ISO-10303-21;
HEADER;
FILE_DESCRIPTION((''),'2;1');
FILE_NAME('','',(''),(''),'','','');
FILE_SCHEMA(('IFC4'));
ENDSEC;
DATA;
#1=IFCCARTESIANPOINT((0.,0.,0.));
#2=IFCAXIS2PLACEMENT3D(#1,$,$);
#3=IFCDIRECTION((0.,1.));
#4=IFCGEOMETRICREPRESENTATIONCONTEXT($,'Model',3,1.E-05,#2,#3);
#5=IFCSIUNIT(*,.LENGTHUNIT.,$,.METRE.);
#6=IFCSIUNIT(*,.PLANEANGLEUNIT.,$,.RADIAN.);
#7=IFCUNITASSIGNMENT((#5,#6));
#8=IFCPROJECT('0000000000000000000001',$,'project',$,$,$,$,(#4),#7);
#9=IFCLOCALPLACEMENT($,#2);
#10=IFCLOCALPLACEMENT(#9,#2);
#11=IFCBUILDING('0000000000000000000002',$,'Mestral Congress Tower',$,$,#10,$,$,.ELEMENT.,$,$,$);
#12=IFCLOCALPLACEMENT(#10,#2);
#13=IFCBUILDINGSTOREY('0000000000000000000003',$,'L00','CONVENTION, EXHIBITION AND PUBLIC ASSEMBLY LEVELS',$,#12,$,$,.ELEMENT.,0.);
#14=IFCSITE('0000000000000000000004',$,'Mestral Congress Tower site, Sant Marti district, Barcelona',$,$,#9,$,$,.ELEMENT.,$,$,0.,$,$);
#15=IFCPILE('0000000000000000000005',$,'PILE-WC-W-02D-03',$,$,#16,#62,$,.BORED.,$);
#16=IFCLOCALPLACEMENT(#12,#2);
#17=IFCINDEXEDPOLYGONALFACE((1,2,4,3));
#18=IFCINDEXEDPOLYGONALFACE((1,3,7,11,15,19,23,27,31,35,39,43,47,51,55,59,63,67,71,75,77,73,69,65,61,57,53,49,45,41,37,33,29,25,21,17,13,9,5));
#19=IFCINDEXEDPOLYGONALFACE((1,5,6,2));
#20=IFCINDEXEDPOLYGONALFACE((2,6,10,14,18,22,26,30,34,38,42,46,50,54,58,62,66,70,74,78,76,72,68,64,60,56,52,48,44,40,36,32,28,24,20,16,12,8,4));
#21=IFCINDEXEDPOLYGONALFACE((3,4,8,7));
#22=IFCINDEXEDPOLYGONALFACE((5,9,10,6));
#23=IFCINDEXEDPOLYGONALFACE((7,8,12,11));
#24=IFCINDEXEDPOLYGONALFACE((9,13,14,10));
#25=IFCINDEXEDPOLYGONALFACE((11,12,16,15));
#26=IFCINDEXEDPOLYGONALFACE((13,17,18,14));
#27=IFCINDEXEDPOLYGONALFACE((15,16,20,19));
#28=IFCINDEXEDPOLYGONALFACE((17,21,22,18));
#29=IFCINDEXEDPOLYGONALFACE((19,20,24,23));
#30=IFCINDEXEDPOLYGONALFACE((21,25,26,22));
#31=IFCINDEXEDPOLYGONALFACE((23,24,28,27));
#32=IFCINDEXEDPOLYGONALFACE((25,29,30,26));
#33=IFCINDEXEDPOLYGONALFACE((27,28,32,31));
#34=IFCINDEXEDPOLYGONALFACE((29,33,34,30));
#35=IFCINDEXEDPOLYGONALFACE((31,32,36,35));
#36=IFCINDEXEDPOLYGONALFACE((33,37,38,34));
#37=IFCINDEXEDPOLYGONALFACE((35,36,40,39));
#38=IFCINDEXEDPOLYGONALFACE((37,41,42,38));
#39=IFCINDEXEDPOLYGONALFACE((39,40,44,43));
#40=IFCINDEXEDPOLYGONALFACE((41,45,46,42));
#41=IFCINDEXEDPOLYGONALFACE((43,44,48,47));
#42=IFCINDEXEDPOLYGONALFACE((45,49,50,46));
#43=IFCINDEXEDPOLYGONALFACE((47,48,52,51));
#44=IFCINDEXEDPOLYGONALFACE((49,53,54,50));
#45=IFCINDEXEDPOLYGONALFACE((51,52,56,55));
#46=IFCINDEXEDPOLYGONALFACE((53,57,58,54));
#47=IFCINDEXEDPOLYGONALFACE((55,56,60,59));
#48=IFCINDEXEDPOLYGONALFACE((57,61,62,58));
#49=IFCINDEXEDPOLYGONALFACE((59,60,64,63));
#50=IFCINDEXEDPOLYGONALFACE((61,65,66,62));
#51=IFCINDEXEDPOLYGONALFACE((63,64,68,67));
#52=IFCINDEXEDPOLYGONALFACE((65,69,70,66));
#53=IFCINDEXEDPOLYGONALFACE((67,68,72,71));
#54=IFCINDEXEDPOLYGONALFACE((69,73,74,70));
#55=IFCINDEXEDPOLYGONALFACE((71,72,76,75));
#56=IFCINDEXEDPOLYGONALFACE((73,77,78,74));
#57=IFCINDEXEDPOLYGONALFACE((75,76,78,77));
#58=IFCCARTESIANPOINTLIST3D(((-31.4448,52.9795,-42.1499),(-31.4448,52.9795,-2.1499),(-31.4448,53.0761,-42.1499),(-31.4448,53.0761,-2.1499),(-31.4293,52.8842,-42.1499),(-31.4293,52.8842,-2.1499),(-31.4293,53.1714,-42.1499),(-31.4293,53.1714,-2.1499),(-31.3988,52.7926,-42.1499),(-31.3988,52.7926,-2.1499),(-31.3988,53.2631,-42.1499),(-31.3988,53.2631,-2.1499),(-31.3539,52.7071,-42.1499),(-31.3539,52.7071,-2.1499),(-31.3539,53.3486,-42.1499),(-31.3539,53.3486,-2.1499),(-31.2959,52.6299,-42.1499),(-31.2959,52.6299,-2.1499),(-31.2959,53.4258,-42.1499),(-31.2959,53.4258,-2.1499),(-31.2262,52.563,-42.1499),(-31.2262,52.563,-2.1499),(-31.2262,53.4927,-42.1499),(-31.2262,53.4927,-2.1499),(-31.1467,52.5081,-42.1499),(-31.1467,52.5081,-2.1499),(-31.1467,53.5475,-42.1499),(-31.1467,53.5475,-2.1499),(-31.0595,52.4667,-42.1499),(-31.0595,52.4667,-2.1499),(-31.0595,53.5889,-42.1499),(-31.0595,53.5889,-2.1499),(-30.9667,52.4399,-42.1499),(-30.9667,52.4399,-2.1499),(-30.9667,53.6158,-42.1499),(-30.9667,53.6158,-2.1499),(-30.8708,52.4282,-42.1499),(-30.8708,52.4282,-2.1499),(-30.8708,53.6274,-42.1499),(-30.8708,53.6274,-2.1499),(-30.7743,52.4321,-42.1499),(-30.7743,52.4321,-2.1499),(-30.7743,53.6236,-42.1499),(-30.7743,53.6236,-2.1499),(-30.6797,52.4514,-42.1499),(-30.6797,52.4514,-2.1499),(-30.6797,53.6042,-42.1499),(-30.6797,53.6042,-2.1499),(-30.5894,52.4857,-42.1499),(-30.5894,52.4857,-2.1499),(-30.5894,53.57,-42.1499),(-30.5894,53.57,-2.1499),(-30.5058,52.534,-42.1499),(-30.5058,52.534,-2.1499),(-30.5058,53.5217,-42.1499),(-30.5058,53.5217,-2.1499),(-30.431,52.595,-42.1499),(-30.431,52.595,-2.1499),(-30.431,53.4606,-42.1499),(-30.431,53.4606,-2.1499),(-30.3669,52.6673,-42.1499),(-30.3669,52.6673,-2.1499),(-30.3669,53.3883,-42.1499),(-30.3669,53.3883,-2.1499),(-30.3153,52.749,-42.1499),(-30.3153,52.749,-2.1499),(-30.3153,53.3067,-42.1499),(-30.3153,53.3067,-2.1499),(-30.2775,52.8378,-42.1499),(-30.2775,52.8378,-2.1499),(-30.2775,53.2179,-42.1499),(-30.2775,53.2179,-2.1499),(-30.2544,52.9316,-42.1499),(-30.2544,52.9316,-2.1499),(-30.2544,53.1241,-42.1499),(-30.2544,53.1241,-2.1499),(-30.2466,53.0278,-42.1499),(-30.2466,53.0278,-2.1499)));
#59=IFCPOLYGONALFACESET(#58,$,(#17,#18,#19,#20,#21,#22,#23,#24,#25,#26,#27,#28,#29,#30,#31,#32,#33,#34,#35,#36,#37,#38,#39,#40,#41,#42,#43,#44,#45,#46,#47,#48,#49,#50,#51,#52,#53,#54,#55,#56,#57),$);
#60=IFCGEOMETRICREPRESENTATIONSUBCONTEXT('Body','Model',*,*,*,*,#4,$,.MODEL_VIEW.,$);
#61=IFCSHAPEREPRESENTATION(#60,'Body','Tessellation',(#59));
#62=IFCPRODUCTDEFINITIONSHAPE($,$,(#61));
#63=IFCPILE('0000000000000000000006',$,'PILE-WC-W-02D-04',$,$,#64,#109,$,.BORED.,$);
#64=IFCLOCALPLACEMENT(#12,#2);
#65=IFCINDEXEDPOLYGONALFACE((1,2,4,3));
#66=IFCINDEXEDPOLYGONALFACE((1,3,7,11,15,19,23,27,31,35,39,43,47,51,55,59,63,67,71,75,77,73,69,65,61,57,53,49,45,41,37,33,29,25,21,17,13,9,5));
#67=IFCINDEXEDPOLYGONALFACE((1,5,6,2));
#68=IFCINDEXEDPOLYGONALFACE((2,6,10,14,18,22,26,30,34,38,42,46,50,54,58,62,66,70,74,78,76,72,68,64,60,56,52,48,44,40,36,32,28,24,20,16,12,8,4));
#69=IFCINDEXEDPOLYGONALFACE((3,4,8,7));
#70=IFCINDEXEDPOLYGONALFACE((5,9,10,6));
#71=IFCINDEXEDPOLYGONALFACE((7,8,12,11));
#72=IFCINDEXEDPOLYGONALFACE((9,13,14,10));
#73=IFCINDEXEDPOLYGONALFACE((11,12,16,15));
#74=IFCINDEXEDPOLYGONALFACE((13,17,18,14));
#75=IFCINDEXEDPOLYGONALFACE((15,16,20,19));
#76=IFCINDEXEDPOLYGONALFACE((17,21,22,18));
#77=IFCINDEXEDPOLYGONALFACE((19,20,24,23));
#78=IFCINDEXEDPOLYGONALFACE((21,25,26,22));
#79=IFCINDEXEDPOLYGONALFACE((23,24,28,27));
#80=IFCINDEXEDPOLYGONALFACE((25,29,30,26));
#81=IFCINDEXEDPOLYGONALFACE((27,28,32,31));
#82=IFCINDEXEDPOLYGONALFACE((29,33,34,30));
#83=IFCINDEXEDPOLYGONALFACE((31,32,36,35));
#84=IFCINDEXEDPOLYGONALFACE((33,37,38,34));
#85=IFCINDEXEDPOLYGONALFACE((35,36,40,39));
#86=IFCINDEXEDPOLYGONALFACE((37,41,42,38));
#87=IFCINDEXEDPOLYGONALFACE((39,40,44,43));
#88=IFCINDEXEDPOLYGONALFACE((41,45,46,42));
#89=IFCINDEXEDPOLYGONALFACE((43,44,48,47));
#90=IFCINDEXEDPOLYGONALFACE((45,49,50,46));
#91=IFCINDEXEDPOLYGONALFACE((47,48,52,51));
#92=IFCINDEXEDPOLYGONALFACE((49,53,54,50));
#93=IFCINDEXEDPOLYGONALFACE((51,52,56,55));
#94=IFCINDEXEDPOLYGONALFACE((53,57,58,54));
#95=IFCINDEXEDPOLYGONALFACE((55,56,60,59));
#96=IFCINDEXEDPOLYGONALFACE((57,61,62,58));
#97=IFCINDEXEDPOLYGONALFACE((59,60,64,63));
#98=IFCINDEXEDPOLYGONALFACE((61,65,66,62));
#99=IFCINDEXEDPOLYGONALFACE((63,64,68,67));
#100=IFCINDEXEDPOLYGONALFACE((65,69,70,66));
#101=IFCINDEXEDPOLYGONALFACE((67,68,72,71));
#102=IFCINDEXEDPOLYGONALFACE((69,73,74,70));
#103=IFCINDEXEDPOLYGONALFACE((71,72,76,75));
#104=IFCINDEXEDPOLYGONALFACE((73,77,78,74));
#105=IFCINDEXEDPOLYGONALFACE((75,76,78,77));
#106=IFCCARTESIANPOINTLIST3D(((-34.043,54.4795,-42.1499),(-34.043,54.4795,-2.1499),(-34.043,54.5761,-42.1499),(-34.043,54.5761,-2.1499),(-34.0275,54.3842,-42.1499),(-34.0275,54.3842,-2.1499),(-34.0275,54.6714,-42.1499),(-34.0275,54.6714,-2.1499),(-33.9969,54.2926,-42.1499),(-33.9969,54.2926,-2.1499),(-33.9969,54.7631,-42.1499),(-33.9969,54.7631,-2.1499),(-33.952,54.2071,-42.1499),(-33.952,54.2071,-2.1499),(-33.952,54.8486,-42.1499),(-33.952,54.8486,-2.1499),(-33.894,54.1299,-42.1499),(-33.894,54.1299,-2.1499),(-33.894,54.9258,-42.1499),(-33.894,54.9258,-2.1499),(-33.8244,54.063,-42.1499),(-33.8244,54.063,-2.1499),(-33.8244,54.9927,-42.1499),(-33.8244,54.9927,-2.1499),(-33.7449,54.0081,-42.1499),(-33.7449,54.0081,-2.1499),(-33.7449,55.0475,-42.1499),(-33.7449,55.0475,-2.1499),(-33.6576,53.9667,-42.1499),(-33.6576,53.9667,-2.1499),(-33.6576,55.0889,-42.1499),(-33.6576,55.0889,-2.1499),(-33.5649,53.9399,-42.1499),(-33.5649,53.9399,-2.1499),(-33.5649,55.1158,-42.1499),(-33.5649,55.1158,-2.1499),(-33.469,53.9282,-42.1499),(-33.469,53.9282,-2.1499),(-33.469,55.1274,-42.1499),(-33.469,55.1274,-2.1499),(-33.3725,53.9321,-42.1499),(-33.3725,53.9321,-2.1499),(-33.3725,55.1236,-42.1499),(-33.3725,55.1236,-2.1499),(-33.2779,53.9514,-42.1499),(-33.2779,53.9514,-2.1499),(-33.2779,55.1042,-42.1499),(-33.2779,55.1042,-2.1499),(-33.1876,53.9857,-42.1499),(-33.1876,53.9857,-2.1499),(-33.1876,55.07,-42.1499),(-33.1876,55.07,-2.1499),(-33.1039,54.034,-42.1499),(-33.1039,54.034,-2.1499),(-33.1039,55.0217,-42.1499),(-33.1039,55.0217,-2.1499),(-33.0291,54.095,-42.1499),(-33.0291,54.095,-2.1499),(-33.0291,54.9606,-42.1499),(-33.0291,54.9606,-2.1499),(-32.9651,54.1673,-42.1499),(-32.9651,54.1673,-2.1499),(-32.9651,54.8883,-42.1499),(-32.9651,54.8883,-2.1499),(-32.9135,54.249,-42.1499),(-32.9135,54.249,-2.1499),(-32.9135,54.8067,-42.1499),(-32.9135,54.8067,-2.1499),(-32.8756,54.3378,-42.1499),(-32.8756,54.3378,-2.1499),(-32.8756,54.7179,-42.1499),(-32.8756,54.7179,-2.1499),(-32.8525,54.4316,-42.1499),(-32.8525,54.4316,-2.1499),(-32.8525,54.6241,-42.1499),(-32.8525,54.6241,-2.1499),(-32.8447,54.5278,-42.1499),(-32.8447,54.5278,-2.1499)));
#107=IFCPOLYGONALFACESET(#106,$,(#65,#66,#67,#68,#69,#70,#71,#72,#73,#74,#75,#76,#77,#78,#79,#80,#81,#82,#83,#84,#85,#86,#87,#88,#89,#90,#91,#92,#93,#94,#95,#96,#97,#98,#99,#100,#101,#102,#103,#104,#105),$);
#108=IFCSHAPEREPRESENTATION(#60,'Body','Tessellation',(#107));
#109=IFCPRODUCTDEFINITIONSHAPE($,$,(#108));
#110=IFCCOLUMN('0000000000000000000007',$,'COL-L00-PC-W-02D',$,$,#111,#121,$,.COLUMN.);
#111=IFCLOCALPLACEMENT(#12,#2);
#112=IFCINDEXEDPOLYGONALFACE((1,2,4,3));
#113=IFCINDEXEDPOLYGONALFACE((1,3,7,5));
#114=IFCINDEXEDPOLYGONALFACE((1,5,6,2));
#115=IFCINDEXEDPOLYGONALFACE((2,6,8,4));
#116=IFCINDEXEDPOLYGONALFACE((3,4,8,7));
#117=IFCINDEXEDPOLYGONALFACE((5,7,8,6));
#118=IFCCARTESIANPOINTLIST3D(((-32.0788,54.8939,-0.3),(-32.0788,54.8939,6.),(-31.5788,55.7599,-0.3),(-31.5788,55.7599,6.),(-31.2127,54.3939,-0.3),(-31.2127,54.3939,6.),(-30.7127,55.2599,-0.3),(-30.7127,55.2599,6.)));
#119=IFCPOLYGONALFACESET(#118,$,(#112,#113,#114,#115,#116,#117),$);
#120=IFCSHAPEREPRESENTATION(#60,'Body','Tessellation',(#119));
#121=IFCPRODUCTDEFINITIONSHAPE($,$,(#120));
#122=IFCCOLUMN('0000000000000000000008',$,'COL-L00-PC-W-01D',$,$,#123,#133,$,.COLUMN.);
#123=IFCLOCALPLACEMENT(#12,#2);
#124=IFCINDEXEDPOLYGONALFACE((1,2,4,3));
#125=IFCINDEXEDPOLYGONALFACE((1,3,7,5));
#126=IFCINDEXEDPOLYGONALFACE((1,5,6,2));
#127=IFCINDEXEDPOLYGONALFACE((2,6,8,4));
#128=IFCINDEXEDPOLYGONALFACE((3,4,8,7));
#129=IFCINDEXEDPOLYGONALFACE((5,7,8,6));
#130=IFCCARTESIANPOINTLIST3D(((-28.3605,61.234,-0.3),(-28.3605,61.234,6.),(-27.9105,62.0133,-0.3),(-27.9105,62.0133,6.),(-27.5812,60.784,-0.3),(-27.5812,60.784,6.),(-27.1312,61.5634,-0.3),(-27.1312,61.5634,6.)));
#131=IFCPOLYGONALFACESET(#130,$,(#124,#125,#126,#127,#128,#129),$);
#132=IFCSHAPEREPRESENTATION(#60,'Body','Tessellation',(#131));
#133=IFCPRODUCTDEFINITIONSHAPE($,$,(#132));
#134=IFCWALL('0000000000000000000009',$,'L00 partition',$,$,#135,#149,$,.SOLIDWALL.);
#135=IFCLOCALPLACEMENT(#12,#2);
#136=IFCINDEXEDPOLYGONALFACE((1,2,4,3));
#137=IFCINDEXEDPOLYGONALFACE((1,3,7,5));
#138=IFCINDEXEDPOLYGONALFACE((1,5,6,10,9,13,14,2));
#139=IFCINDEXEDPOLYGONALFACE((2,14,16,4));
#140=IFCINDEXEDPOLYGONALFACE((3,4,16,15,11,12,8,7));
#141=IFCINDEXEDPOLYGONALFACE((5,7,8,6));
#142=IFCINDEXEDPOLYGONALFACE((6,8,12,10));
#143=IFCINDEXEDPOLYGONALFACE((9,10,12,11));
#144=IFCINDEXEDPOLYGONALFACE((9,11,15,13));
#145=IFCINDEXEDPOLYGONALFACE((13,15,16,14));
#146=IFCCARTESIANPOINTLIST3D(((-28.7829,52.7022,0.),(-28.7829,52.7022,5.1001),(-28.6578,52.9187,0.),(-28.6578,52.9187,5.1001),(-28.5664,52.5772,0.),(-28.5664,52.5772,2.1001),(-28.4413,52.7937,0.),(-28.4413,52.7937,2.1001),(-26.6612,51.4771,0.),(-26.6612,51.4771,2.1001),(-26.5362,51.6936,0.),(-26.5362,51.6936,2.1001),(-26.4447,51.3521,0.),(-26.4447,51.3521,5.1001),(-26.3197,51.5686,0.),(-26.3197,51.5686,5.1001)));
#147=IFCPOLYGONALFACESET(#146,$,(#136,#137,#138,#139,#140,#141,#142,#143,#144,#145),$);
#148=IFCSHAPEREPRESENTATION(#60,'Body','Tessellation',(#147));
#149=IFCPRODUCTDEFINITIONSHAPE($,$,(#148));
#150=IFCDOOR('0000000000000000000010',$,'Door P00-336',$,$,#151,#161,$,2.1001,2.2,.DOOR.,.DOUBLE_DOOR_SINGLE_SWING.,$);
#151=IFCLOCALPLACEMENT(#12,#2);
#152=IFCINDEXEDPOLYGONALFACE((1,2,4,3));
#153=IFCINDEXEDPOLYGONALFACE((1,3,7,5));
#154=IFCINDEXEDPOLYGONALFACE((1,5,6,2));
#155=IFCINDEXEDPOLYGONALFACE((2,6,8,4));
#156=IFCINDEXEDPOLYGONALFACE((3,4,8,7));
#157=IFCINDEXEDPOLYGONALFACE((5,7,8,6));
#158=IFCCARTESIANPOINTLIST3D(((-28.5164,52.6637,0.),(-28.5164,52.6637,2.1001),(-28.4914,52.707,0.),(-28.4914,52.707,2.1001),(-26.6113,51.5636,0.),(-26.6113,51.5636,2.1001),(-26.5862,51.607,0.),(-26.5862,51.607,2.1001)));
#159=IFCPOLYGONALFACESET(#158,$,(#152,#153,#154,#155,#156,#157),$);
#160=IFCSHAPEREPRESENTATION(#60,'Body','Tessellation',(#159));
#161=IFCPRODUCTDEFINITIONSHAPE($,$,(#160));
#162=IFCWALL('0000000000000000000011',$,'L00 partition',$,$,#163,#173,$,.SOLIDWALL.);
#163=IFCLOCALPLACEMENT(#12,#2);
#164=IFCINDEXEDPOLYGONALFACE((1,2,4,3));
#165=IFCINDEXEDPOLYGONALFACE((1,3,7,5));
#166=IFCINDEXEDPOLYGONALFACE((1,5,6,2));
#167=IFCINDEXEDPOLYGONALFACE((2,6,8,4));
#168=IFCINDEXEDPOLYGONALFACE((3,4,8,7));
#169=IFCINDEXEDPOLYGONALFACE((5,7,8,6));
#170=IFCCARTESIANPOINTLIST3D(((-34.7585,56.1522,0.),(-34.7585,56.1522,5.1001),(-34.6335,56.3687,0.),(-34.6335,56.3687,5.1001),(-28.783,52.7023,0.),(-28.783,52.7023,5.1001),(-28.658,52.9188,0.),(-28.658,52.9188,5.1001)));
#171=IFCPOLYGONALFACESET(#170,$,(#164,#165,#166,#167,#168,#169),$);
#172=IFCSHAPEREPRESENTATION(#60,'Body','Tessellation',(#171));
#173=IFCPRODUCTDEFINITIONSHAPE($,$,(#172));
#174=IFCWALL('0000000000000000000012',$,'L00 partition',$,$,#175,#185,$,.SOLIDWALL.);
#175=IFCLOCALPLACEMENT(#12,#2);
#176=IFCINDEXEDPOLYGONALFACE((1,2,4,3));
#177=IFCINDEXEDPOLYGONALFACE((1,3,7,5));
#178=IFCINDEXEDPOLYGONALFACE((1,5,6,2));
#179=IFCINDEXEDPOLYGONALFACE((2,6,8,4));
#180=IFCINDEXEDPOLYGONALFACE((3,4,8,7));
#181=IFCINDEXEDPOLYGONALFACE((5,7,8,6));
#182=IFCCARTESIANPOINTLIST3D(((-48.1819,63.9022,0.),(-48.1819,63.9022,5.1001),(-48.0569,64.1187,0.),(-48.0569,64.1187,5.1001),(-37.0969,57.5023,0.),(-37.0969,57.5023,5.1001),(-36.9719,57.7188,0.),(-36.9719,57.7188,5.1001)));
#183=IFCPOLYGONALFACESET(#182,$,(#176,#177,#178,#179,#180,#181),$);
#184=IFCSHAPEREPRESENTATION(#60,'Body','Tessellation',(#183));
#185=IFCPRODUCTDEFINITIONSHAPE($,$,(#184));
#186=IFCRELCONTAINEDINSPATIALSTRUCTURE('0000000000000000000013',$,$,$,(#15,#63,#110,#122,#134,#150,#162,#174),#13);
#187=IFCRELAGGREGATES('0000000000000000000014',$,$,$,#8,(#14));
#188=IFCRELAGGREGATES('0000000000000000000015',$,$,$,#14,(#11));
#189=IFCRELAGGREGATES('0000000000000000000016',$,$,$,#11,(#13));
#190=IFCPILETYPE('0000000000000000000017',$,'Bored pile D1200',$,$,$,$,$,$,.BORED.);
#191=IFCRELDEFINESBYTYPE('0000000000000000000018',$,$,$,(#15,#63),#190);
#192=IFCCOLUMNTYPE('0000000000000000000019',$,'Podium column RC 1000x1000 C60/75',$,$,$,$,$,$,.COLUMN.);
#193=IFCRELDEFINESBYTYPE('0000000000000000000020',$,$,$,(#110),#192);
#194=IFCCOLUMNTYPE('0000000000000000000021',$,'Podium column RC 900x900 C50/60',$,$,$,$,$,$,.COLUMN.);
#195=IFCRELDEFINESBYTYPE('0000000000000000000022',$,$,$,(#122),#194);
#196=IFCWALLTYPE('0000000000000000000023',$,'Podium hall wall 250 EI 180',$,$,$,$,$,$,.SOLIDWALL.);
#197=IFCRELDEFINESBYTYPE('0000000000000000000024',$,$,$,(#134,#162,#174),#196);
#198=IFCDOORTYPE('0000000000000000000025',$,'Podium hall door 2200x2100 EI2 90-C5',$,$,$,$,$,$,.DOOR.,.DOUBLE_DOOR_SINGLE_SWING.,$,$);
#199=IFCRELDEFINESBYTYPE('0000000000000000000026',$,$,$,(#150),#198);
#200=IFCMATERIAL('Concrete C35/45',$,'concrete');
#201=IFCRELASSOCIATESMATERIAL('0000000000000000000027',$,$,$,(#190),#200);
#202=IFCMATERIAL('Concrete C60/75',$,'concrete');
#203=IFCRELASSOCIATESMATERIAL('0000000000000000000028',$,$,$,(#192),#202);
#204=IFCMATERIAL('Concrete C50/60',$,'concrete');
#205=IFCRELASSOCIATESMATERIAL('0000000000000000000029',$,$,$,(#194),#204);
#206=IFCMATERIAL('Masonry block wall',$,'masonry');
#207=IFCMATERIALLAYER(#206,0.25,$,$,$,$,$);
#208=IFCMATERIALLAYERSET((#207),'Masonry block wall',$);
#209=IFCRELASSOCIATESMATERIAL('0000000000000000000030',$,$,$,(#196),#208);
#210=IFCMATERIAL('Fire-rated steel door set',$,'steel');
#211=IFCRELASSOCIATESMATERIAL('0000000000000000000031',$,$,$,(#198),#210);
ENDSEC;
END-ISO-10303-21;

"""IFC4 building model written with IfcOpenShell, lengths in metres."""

from ifc_helpers import new_model, si_unit, direction, frame, frame_2d, origin, origin_2d, place, context, subcontext, project, spatial, rectangle, circle, extrude, material, layer, layer_set, material_profile, profile_set, type_object, element, fill, save


model = new_model("IFC4")

# Units and contexts
model_context = context("Model", 3, precision=1e-05, world=origin(), true_north=direction((0.0, 1.0)))
body_context = subcontext(model_context, "Body", "Model", "MODEL_VIEW")
ifc_project = project(units=[si_unit("LENGTHUNIT", "METRE"), si_unit("PLANEANGLEUNIT", "RADIAN")], contexts=[model_context])

# Site, building, storey
site_placement = place(None, origin())
site = spatial("IfcSite", under=ifc_project, at=site_placement, Name="Mestral Congress Tower site, Sant Marti district, Barcelona", CompositionType="ELEMENT", RefElevation=0.0)
building_placement = place(site_placement, origin())
building = spatial("IfcBuilding", under=site, at=building_placement, Name="Mestral Congress Tower", CompositionType="ELEMENT")
storey_placement = place(building_placement, origin())
storey = spatial("IfcBuildingStorey", under=building, at=storey_placement, Name="L00", Description="CONVENTION, EXHIBITION AND PUBLIC ASSEMBLY LEVELS", CompositionType="ELEMENT", Elevation=0.0)

# Piles
ifc_material_1 = material(Name="Concrete C35/45", Category="concrete")
ifc_material_profile_1 = material_profile(ifc_material_1, circle(Radius=0.6001, at=origin_2d()), Name="D1200")
ifc_profile_set_1 = profile_set([ifc_material_profile_1], Name="Concrete C35/45")
pile_type = type_object("IfcPileType", Name="Bored pile D1200", PredefinedType="BORED", material=ifc_profile_set_1)
for number, where, z_axis, x_axis, name in (
    (1, (-30.8467, 53.0278, -2.1499), (0.0, 0.0, -1.0), (1.0, 0.0, 0.0), "PILE-WC-W-02D-03"),
    (2, (-33.4448, 54.5278, -2.1499), (0.0, 0.0, -1.0), (1.0, 0.0, 0.0), "PILE-WC-W-02D-04"),
):
    element("IfcPile", number, at=place(storey_placement, frame(where, z_axis=z_axis, x_axis=x_axis)), inside=storey, type_object=pile_type, Name=name, PredefinedType="BORED", context=body_context, shape_type="SweptSolid", body=[
        extrude(circle(Radius=0.6001, at=origin_2d()), origin(), (0.0, 0.0, 1.0), 40.0),
    ])

# Columns
ifc_material_2 = material(Name="Concrete C60/75", Category="concrete")
ifc_material_profile_2 = material_profile(ifc_material_2, rectangle(XDim=1.0, YDim=1.0, at=origin_2d()), Name="RC 1000x1000")
ifc_profile_set_2 = profile_set([ifc_material_profile_2], Name="Concrete C60/75")
column_type_1 = type_object("IfcColumnType", Name="Podium column RC 1000x1000 C60/75", PredefinedType="COLUMN", material=ifc_profile_set_2)
column_1_placement = place(storey_placement, frame((-31.3958, 55.0769, -0.3), z_axis=(0.0, 0.0, 1.0), x_axis=(-0.5, -0.866025, 0.0)))
element("IfcColumn", 3, at=column_1_placement, inside=storey, type_object=column_type_1, Name="COL-L00-PC-W-02D", PredefinedType="COLUMN", context=body_context, shape_type="SweptSolid", body=[
    extrude(rectangle(XDim=1.0, YDim=1.0, at=origin_2d()), origin(), (0.0, 0.0, 1.0), 6.3),
])
ifc_material_3 = material(Name="Concrete C50/60", Category="concrete")
ifc_material_profile_3 = material_profile(ifc_material_3, rectangle(XDim=0.8999, YDim=0.8999, at=origin_2d()), Name="RC 900x900")
ifc_profile_set_3 = profile_set([ifc_material_profile_3], Name="Concrete C50/60")
column_type_2 = type_object("IfcColumnType", Name="Podium column RC 900x900 C50/60", PredefinedType="COLUMN", material=ifc_profile_set_3)
column_2_placement = place(storey_placement, frame((-27.7458, 61.3987, -0.3), z_axis=(0.0, 0.0, 1.0), x_axis=(-0.5, -0.866025, 0.0)))
element("IfcColumn", 4, at=column_2_placement, inside=storey, type_object=column_type_2, Name="COL-L00-PC-W-01D", PredefinedType="COLUMN", context=body_context, shape_type="SweptSolid", body=[
    extrude(rectangle(XDim=0.8999, YDim=0.8999, at=origin_2d()), origin(), (0.0, 0.0, 1.0), 6.3),
])

# Wall, opening, door
ifc_material_4 = material(Name="Masonry block wall", Category="masonry")
ifc_layer_1 = layer(ifc_material_4, 0.25)
ifc_layer_set_1 = layer_set([ifc_layer_1], Name="Masonry block wall")
wall_type_1 = type_object("IfcWallType", Name="Podium hall wall 250 EI 180", PredefinedType="SOLIDWALL", material=ifc_layer_set_1)
wall_1_placement = place(storey_placement, frame((-28.7205, 52.8105, 0.0), z_axis=(0.0, 0.0, 1.0), x_axis=(0.865997, -0.500049, 0.0)))
wall_1 = element("IfcWall", 5, at=wall_1_placement, inside=storey, type_object=wall_type_1, Name="L00 partition", PredefinedType="SOLIDWALL", context=body_context, shape_type="SweptSolid", body=[
    extrude(rectangle(XDim=2.7, YDim=0.25, at=frame_2d((1.3501, 0.0))), origin(), (0.0, 0.0, 1.0), 5.1001),
])
opening_1_placement = place(wall_1_placement, frame((0.25, 0.0, 0.0)))
opening_1 = element("IfcOpeningElement", 6, at=opening_1_placement, cuts=wall_1, PredefinedType="OPENING", context=body_context, shape_type="SweptSolid", body=[
    extrude(rectangle(XDim=2.2, YDim=2.1001, at=frame_2d((1.1001, 1.05))), frame((0.0, 0.135, 0.0), z_axis=(0.0, -1.0, 0.0), x_axis=(1.0, 0.0, 0.0)), (0.0, 0.0, 1.0), 0.27),
])
ifc_material_5 = material(Name="Fire-rated steel door set", Category="steel")
door_type_1 = type_object("IfcDoorType", Name="Podium hall door 2200x2100 EI2 90-C5", OperationType="DOUBLE_DOOR_SINGLE_SWING", PredefinedType="DOOR", material=ifc_material_5)
door_1_placement = place(opening_1_placement, origin())
door_1 = element("IfcDoor", 7, at=door_1_placement, inside=storey, type_object=door_type_1, Name="Door P00-336", OperationType="DOUBLE_DOOR_SINGLE_SWING", OverallHeight=2.1001, OverallWidth=2.2, PredefinedType="DOOR", context=body_context, shape_type="SweptSolid", body=[
    extrude(rectangle(XDim=2.2, YDim=2.1001, at=frame_2d((1.1001, 1.05))), frame((0.0, 0.0249, 0.0), z_axis=(0.0, -1.0, 0.0), x_axis=(1.0, 0.0, 0.0)), (0.0, 0.0, 1.0), 0.05),
])
fill(opening_1, door_1)

# Walls
wall_2_placement = place(storey_placement, frame((-28.7205, 52.8105, 0.0), z_axis=(0.0, 0.0, 1.0), x_axis=(-0.866029, 0.499994, 0.0)))
element("IfcWall", 8, at=wall_2_placement, inside=storey, type_object=wall_type_1, Name="L00 partition", PredefinedType="SOLIDWALL", context=body_context, shape_type="SweptSolid", body=[
    extrude(rectangle(XDim=6.8999, YDim=0.25, at=frame_2d((3.45, 0.0))), origin(), (0.0, 0.0, 1.0), 5.1001),
])
wall_3_placement = place(storey_placement, frame((-37.0344, 57.6106, 0.0), z_axis=(0.0, 0.0, 1.0), x_axis=(-0.866025, 0.5, 0.0)))
element("IfcWall", 9, at=wall_3_placement, inside=storey, type_object=wall_type_1, Name="L00 partition", PredefinedType="SOLIDWALL", context=body_context, shape_type="SweptSolid", body=[
    extrude(rectangle(XDim=12.7998, YDim=0.25, at=frame_2d((6.3999, 0.0))), origin(), (0.0, 0.0, 1.0), 5.1001),
])

save(model, "model.ifc")
